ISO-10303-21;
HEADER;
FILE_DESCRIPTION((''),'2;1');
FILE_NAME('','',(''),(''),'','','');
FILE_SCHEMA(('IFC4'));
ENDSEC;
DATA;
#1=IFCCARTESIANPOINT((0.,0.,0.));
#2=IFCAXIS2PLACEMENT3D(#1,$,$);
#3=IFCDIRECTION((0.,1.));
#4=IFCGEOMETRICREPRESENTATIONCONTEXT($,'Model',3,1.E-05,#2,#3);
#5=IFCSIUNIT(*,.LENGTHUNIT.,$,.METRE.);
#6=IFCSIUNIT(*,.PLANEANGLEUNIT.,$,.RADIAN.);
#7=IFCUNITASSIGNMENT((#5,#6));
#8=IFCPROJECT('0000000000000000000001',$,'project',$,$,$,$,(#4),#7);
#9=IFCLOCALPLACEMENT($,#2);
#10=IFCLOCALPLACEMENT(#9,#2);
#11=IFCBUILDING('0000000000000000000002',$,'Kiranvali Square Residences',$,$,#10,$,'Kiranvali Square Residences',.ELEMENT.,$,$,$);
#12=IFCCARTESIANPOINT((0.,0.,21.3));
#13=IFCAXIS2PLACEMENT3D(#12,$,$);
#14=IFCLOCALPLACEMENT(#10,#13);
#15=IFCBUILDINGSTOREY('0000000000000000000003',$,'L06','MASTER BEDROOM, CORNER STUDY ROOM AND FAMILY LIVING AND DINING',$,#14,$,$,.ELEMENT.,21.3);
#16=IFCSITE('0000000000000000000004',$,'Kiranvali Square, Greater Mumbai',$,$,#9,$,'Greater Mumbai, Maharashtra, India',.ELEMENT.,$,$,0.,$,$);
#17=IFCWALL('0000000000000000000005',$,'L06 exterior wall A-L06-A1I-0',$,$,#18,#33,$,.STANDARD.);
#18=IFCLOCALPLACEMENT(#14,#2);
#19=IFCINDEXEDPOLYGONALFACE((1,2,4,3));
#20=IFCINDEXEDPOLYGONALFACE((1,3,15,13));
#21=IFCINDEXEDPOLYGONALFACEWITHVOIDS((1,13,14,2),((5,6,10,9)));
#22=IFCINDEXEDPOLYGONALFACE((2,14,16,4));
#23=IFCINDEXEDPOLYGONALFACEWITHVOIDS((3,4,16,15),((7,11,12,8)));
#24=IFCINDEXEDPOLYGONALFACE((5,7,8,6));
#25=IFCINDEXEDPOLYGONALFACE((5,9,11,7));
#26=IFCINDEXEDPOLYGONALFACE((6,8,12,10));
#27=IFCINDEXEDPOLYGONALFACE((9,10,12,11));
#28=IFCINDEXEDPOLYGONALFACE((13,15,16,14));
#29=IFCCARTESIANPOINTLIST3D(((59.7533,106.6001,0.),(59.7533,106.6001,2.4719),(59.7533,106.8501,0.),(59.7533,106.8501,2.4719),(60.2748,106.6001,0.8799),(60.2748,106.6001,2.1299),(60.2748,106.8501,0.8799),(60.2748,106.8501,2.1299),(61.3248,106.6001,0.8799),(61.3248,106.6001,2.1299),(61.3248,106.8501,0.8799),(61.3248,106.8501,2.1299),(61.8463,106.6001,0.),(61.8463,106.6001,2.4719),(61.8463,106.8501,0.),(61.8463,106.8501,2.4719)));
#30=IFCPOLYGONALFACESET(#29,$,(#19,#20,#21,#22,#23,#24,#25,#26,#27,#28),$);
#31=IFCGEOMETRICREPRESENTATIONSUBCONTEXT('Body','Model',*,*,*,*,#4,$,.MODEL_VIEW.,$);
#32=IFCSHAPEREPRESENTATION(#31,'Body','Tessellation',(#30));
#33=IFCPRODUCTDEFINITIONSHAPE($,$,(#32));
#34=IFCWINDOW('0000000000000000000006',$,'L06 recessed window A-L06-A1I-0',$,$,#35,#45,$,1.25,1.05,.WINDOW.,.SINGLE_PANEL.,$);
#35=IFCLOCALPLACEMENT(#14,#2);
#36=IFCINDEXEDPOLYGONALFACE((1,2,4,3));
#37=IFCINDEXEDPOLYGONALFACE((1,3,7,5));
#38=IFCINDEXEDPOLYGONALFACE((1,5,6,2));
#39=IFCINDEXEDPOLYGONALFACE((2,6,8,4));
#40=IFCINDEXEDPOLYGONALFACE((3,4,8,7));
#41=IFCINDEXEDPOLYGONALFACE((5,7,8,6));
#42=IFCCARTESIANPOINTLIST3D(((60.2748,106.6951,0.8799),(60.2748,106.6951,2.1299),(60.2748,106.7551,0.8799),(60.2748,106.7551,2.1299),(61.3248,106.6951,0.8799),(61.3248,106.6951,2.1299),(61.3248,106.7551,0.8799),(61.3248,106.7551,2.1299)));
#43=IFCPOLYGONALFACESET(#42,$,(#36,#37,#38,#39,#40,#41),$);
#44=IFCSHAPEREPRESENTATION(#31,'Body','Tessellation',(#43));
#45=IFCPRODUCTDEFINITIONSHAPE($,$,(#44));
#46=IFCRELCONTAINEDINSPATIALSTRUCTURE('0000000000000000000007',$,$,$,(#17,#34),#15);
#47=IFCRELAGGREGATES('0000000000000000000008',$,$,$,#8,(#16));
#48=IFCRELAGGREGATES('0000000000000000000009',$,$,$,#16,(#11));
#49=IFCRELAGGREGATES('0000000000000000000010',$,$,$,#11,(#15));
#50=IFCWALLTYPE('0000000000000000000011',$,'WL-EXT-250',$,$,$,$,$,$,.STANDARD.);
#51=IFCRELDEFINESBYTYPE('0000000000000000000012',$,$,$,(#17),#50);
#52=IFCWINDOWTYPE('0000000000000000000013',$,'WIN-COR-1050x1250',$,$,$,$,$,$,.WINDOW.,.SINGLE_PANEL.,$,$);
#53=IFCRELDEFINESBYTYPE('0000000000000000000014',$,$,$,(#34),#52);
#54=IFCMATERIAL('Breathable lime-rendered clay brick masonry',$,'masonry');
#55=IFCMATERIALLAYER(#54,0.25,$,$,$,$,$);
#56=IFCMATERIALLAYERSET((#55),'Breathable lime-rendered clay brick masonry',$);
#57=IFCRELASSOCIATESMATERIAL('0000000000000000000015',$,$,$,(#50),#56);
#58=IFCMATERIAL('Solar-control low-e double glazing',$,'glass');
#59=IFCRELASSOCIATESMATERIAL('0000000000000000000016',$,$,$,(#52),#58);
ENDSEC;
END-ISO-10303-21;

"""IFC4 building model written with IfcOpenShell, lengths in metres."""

from ifc_helpers import new_model, si_unit, direction, frame, frame_2d, origin, place, context, subcontext, project, spatial, rectangle, extrude, material, layer, layer_set, type_object, element, fill, save


model = new_model("IFC4")

# Units and contexts
model_context = context("Model", 3, precision=1e-05, world=origin(), true_north=direction((0.0, 1.0)))
body_context = subcontext(model_context, "Body", "Model", "MODEL_VIEW")
ifc_project = project(units=[si_unit("LENGTHUNIT", "METRE"), si_unit("PLANEANGLEUNIT", "RADIAN")], contexts=[model_context])

# Site, building, storey
site_placement = place(None, origin())
site = spatial("IfcSite", under=ifc_project, at=site_placement, Name="Kiranvali Square, Greater Mumbai", LongName="Greater Mumbai, Maharashtra, India", CompositionType="ELEMENT", RefElevation=0.0)
building_placement = place(site_placement, origin())
building = spatial("IfcBuilding", under=site, at=building_placement, Name="Kiranvali Square Residences", LongName="Kiranvali Square Residences", CompositionType="ELEMENT")
storey_placement = place(building_placement, frame((0.0, 0.0, 21.3)))
storey = spatial("IfcBuildingStorey", under=building, at=storey_placement, Name="L06", Description="MASTER BEDROOM, CORNER STUDY ROOM AND FAMILY LIVING AND DINING", CompositionType="ELEMENT", Elevation=21.3)

# Wall, opening, window
ifc_material_1 = material(Name="Breathable lime-rendered clay brick masonry", Category="masonry")
ifc_layer = layer(ifc_material_1, 0.25)
ifc_layer_set = layer_set([ifc_layer], Name="Breathable lime-rendered clay brick masonry")
wall_type = type_object("IfcWallType", Name="WL-EXT-250", PredefinedType="STANDARD", material=ifc_layer_set)
wall_placement = place(storey_placement, frame((59.7534, 106.7251, 0.0), z_axis=(0.0, 0.0, 1.0), x_axis=(1.0, 0.0, 0.0)))
wall = element("IfcWall", 1, at=wall_placement, inside=storey, type_object=wall_type, Name="L06 exterior wall A-L06-A1I-0", PredefinedType="STANDARD", context=body_context, shape_type="SweptSolid", body=[
    extrude(rectangle(XDim=2.093, YDim=0.25, at=frame_2d((1.0464, 0.0))), origin(), (0.0, 0.0, 1.0), 2.4719),
])
opening_placement = place(wall_placement, frame((0.5215, 0.0, 0.8799)))
opening = element("IfcOpeningElement", 2, at=opening_placement, cuts=wall, PredefinedType="OPENING", context=body_context, shape_type="SweptSolid", body=[
    extrude(rectangle(XDim=1.05, YDim=1.25, at=frame_2d((0.5249, 0.625))), frame((0.0, 0.135, 0.0), z_axis=(0.0, -1.0, 0.0), x_axis=(1.0, 0.0, 0.0)), (0.0, 0.0, 1.0), 0.27),
])
ifc_material_2 = material(Name="Solar-control low-e double glazing", Category="glass")
window_type = type_object("IfcWindowType", Name="WIN-COR-1050x1250", PartitioningType="SINGLE_PANEL", PredefinedType="WINDOW", material=ifc_material_2)
window_placement = place(opening_placement, origin())
window = element("IfcWindow", 3, at=window_placement, inside=storey, type_object=window_type, Name="L06 recessed window A-L06-A1I-0", OverallHeight=1.25, OverallWidth=1.05, PartitioningType="SINGLE_PANEL", PredefinedType="WINDOW", context=body_context, shape_type="SweptSolid", body=[
    extrude(rectangle(XDim=1.05, YDim=1.25, at=frame_2d((0.5249, 0.625))), frame((0.0, 0.03, 0.0), z_axis=(0.0, -1.0, 0.0), x_axis=(1.0, 0.0, 0.0)), (0.0, 0.0, 1.0), 0.0601),
])
fill(opening, window)

save(model, "model.ifc")
